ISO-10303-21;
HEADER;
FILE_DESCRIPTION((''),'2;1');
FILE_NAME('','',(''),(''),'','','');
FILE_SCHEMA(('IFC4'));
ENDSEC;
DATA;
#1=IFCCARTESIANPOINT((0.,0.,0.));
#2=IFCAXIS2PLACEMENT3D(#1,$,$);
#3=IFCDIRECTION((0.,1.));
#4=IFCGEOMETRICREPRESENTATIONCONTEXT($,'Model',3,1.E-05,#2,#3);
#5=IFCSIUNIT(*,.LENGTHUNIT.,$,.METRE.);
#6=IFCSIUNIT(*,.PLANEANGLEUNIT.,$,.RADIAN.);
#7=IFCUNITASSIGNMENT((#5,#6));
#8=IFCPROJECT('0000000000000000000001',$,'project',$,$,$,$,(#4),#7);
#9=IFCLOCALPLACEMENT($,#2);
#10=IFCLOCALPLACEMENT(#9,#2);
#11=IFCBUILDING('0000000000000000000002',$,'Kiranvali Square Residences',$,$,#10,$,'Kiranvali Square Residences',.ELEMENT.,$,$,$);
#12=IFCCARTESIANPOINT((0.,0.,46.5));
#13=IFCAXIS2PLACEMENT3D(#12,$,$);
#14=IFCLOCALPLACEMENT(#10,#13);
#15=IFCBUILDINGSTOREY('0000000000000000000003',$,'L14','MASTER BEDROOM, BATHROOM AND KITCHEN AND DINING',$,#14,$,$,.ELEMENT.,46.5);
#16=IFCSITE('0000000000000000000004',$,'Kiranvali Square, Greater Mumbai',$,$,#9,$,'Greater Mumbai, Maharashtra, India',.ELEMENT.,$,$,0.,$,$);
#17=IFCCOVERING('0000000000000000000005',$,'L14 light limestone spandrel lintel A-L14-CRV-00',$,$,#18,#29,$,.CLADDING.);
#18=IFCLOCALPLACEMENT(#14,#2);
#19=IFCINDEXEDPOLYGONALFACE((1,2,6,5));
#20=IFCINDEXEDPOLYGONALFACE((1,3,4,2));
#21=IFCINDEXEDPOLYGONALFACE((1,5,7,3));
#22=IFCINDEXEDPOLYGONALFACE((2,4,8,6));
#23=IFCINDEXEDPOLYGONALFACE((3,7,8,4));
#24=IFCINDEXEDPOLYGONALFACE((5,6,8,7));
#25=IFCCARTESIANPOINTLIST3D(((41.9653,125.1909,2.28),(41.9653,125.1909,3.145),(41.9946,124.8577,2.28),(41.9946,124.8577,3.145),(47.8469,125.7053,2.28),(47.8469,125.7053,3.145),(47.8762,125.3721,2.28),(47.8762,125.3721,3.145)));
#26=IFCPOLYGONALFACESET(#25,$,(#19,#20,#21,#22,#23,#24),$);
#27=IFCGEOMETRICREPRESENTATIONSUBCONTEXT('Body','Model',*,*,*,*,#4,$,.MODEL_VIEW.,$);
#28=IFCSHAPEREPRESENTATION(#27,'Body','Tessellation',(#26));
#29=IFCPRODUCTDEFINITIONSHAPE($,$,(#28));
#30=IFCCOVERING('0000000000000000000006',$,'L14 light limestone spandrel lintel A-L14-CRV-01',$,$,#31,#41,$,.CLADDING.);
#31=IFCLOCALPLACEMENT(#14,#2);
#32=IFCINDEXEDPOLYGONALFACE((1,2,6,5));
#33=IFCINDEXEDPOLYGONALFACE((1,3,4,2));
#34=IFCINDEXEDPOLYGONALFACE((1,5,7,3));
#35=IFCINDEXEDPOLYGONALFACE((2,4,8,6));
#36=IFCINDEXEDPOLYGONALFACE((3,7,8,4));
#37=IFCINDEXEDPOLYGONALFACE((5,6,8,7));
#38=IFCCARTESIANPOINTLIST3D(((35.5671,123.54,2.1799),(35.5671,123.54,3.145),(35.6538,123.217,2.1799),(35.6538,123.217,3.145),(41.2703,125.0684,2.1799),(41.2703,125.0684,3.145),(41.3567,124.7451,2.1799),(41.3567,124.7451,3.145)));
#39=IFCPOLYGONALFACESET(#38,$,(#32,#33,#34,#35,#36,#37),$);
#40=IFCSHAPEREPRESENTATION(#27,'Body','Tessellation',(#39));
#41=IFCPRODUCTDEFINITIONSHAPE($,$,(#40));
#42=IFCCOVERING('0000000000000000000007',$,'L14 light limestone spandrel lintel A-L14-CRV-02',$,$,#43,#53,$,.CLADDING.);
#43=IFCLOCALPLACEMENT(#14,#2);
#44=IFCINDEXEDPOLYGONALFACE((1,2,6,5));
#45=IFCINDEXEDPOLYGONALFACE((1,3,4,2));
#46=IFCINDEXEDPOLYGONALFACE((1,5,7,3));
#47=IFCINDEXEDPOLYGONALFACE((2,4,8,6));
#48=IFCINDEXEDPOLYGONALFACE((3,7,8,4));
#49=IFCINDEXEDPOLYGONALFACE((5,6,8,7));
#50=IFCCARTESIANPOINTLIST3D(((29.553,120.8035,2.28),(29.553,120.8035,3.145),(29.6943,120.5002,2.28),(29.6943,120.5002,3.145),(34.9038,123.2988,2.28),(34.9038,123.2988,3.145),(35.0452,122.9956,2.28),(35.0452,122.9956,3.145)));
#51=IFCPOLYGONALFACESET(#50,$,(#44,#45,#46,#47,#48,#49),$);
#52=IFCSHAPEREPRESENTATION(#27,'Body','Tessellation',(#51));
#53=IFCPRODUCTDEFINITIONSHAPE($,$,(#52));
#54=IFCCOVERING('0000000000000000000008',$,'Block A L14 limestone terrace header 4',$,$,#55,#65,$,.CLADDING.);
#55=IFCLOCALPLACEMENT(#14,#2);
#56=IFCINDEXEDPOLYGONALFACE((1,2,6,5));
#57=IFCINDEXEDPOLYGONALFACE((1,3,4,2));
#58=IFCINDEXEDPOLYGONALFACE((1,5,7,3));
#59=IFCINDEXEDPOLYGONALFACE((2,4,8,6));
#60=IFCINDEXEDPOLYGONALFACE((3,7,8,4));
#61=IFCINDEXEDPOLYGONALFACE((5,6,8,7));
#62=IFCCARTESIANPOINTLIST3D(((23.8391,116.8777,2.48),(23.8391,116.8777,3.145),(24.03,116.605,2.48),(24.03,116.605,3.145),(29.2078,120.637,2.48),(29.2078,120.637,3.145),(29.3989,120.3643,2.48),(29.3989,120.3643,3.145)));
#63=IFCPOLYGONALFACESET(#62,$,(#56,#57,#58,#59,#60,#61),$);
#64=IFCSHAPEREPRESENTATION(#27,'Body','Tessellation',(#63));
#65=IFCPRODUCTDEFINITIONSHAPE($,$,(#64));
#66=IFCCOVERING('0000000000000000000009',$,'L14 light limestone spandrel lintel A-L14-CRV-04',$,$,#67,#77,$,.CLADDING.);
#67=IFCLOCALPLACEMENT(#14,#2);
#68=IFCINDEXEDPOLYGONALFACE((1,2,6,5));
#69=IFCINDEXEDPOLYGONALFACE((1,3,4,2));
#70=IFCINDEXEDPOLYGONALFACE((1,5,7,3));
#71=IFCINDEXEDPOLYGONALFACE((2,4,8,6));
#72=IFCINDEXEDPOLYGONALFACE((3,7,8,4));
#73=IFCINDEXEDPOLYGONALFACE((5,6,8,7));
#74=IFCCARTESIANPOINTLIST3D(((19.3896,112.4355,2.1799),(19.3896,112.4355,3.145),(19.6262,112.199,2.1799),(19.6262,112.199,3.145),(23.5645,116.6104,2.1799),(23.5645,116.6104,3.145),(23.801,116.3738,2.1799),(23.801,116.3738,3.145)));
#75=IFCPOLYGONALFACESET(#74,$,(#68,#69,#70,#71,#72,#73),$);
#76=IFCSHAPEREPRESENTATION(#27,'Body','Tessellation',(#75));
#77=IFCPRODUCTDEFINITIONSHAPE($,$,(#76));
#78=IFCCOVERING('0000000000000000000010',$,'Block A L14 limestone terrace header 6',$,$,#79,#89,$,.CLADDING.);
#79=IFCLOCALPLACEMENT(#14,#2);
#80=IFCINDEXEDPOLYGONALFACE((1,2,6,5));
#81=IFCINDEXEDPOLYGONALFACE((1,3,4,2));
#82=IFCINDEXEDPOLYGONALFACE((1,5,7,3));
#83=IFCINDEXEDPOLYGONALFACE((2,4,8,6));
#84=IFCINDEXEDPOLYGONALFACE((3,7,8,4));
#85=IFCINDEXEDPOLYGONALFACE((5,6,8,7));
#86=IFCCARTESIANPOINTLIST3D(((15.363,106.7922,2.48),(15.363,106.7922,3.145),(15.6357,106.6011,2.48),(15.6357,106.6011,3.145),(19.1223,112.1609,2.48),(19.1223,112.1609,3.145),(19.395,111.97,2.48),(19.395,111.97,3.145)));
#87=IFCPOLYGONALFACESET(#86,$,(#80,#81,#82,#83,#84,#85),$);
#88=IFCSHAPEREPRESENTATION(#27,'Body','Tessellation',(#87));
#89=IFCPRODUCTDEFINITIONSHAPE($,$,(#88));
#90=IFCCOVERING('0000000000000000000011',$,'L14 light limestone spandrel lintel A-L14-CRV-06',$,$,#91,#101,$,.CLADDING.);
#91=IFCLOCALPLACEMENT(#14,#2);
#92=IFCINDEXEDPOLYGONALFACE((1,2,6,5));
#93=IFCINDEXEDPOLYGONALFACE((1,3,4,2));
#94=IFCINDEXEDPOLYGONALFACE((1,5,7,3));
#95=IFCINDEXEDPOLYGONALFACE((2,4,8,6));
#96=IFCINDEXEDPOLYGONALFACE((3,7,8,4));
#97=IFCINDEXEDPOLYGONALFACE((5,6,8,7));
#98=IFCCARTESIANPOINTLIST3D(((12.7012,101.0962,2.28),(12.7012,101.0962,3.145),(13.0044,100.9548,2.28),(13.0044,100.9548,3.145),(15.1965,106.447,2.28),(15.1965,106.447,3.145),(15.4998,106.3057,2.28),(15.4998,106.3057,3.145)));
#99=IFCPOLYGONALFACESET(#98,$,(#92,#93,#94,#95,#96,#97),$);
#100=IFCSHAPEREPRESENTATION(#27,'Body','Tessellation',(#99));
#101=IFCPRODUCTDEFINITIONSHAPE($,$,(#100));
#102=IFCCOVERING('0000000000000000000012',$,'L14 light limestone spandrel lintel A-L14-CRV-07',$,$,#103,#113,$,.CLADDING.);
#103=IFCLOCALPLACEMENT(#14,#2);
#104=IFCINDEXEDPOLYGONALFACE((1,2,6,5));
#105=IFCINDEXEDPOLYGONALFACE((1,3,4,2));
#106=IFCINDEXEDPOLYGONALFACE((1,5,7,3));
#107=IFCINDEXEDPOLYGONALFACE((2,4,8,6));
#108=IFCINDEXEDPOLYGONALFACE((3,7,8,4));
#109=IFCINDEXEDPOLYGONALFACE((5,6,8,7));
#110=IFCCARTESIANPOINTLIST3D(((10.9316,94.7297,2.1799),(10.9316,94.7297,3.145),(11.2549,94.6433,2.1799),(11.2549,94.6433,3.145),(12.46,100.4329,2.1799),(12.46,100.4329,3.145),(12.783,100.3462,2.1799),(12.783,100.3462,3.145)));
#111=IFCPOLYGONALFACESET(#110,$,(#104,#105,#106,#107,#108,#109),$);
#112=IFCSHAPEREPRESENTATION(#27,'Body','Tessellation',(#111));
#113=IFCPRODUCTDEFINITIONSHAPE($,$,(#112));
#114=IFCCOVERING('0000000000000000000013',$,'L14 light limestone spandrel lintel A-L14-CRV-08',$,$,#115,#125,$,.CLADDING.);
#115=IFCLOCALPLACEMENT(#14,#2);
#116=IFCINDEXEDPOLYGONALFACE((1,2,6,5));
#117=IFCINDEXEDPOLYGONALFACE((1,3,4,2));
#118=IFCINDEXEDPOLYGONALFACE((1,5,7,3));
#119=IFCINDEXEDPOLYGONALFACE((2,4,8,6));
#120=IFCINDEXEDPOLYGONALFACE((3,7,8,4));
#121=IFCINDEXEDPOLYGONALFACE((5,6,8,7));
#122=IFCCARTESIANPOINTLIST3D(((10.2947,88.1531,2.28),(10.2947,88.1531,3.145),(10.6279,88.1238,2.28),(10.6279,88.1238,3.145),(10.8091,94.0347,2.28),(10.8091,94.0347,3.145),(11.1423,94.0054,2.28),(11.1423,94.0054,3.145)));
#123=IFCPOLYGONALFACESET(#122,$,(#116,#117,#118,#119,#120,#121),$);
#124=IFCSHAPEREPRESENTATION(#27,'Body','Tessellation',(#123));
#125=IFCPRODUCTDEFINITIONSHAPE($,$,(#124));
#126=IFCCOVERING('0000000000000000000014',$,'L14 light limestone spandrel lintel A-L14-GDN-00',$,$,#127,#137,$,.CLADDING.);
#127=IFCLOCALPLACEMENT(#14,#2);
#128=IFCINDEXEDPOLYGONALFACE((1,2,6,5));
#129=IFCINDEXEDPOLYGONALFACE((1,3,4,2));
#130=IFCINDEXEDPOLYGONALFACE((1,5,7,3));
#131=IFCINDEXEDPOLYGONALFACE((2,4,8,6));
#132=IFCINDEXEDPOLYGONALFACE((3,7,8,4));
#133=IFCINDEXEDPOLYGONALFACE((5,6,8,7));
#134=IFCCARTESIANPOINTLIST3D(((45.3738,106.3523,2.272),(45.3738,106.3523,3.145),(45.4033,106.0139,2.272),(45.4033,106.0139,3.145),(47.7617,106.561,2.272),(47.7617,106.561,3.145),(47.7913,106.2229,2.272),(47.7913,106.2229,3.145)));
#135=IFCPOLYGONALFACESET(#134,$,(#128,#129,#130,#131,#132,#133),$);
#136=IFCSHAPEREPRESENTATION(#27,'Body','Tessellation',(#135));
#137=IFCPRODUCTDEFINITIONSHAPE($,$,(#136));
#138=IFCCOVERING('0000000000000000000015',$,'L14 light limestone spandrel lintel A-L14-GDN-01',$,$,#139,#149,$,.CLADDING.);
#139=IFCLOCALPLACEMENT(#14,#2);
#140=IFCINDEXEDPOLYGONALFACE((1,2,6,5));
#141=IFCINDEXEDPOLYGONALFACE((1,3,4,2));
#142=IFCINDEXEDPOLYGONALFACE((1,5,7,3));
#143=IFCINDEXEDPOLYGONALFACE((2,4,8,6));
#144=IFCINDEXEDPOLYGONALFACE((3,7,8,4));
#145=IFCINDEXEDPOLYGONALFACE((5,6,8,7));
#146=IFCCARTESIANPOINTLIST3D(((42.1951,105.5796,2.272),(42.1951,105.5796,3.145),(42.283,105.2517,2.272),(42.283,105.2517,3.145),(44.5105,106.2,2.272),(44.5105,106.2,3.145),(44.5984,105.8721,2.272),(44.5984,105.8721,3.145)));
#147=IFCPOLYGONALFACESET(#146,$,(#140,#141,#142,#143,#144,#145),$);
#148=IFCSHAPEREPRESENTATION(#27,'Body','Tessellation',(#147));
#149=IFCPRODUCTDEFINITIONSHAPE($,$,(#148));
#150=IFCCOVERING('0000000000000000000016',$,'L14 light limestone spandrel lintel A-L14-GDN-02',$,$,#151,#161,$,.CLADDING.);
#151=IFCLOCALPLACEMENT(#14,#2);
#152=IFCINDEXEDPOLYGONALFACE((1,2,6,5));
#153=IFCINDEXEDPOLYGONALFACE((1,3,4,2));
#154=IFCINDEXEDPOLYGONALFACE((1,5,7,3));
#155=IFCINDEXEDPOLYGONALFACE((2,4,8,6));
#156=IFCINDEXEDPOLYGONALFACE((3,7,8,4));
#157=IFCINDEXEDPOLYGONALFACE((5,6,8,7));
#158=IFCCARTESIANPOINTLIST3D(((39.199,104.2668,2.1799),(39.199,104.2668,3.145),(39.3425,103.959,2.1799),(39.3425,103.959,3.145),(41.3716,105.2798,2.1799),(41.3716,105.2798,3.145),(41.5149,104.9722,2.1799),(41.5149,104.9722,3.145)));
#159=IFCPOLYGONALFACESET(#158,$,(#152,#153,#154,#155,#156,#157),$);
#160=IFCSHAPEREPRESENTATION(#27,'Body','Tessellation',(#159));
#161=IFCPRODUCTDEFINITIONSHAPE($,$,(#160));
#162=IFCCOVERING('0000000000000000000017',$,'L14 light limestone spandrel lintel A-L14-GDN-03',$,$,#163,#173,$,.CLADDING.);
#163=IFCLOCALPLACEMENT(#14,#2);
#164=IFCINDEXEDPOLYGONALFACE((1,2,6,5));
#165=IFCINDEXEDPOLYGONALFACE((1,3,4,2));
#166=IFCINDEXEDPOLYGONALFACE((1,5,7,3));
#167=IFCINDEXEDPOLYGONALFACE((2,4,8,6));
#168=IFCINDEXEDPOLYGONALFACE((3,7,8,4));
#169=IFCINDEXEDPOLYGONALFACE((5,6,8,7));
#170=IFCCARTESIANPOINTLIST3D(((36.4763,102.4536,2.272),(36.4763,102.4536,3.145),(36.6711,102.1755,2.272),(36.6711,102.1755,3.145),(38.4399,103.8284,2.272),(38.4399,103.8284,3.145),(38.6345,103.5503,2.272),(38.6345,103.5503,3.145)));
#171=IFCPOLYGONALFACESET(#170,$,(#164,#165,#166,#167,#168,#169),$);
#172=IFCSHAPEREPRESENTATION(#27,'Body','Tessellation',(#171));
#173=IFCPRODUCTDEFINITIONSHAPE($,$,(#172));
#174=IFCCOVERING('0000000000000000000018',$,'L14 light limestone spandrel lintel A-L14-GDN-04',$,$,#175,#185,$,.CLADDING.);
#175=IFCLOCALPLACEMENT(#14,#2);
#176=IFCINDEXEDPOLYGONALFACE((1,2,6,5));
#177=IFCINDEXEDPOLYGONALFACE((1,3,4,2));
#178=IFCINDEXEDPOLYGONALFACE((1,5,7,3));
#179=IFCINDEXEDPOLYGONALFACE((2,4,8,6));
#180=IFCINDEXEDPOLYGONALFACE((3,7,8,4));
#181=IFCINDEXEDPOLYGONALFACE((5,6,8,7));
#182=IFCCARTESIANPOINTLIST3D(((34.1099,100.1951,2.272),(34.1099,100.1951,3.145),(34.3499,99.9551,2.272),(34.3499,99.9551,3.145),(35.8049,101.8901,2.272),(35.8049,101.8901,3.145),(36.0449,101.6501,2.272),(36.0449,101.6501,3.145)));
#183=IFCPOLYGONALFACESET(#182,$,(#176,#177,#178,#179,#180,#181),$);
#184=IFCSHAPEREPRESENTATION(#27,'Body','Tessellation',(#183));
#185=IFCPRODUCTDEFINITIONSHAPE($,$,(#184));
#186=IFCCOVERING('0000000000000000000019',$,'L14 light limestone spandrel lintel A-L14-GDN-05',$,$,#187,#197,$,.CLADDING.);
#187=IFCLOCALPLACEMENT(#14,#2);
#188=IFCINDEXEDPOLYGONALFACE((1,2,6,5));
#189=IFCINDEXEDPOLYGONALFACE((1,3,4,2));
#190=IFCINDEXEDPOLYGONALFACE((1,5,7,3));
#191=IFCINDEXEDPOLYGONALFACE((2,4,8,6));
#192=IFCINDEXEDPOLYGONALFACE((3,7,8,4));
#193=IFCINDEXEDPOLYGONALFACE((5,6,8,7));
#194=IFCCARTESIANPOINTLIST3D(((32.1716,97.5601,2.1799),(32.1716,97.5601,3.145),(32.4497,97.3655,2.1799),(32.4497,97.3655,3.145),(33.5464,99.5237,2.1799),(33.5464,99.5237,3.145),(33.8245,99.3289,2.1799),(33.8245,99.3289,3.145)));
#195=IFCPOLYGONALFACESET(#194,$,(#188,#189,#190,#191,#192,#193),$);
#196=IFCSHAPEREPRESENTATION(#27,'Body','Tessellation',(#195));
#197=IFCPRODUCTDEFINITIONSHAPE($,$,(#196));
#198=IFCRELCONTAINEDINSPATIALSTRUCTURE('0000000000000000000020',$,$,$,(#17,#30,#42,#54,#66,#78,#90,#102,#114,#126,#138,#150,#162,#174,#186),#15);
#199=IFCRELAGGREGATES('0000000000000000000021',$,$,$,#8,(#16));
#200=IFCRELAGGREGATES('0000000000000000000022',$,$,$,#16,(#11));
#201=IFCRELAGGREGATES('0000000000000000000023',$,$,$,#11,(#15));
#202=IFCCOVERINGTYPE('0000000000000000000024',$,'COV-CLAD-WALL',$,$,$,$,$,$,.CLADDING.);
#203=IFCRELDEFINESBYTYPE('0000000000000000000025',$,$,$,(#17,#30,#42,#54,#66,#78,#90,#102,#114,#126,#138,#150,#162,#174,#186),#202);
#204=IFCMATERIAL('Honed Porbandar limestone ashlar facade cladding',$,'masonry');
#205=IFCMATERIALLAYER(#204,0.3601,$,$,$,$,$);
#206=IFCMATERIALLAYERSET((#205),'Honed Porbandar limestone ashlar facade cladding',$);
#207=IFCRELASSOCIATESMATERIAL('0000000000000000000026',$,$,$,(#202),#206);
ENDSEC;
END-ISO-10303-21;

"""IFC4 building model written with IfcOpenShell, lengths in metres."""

from ifc_helpers import new_model, si_unit, direction, frame, origin, place, context, subcontext, project, spatial, polyline, outline, extrude, material, layer, layer_set, type_object, element, save


model = new_model("IFC4")

# Units and contexts
model_context = context("Model", 3, precision=1e-05, world=origin(), true_north=direction((0.0, 1.0)))
body_context = subcontext(model_context, "Body", "Model", "MODEL_VIEW")
ifc_project = project(units=[si_unit("LENGTHUNIT", "METRE"), si_unit("PLANEANGLEUNIT", "RADIAN")], contexts=[model_context])

# Site, building, storey
site_placement = place(None, origin())
site = spatial("IfcSite", under=ifc_project, at=site_placement, Name="Kiranvali Square, Greater Mumbai", LongName="Greater Mumbai, Maharashtra, India", CompositionType="ELEMENT", RefElevation=0.0)
building_placement = place(site_placement, origin())
building = spatial("IfcBuilding", under=site, at=building_placement, Name="Kiranvali Square Residences", LongName="Kiranvali Square Residences", CompositionType="ELEMENT")
storey_placement = place(building_placement, frame((0.0, 0.0, 46.5)))
storey = spatial("IfcBuildingStorey", under=building, at=storey_placement, Name="L14", Description="MASTER BEDROOM, BATHROOM AND KITCHEN AND DINING", CompositionType="ELEMENT", Elevation=46.5)

# Coverings
ifc_material = material(Name="Honed Porbandar limestone ashlar facade cladding", Category="masonry")
ifc_layer = layer(ifc_material, 0.3601)
ifc_layer_set = layer_set([ifc_layer], Name="Honed Porbandar limestone ashlar facade cladding")
covering_type = type_object("IfcCoveringType", Name="COV-CLAD-WALL", PredefinedType="CLADDING", material=ifc_layer_set)
covering_1_placement = place(storey_placement, frame((0.0, 0.0, 2.28)))
element("IfcCovering", 1, at=covering_1_placement, inside=storey, type_object=covering_type, Name="L14 light limestone spandrel lintel A-L14-CRV-00", PredefinedType="CLADDING", context=body_context, shape_type="SweptSolid", body=[
    extrude(outline(polyline([(47.8469, 125.7053), (41.9653, 125.1909), (41.9946, 124.8577), (47.8762, 125.3721), (47.8469, 125.7053)])), origin(), (0.0, 0.0, 1.0), 0.865),
])
covering_2_placement = place(storey_placement, frame((0.0, 0.0, 2.1799)))
element("IfcCovering", 2, at=covering_2_placement, inside=storey, type_object=covering_type, Name="L14 light limestone spandrel lintel A-L14-CRV-01", PredefinedType="CLADDING", context=body_context, shape_type="SweptSolid", body=[
    extrude(outline(polyline([(41.2703, 125.0684), (35.5671, 123.54), (35.6538, 123.217), (41.3567, 124.7451), (41.2703, 125.0684)])), origin(), (0.0, 0.0, 1.0), 0.9651),
])
covering_3_placement = place(storey_placement, frame((0.0, 0.0, 2.28)))
element("IfcCovering", 3, at=covering_3_placement, inside=storey, type_object=covering_type, Name="L14 light limestone spandrel lintel A-L14-CRV-02", PredefinedType="CLADDING", context=body_context, shape_type="SweptSolid", body=[
    extrude(outline(polyline([(34.9038, 123.2988), (29.553, 120.8035), (29.6943, 120.5002), (35.0452, 122.9956), (34.9038, 123.2988)])), origin(), (0.0, 0.0, 1.0), 0.865),
])
covering_4_placement = place(storey_placement, frame((0.0, 0.0, 2.48)))
element("IfcCovering", 4, at=covering_4_placement, inside=storey, type_object=covering_type, Name="Block A L14 limestone terrace header 4", PredefinedType="CLADDING", context=body_context, shape_type="SweptSolid", body=[
    extrude(outline(polyline([(29.2078, 120.637), (23.8391, 116.8777), (24.03, 116.605), (29.3989, 120.3643), (29.2078, 120.637)])), origin(), (0.0, 0.0, 1.0), 0.665),
])
covering_5_placement = place(storey_placement, frame((0.0, 0.0, 2.1799)))
element("IfcCovering", 5, at=covering_5_placement, inside=storey, type_object=covering_type, Name="L14 light limestone spandrel lintel A-L14-CRV-04", PredefinedType="CLADDING", context=body_context, shape_type="SweptSolid", body=[
    extrude(outline(polyline([(23.5645, 116.6104), (19.3896, 112.4355), (19.6262, 112.199), (23.801, 116.3738), (23.5645, 116.6104)])), origin(), (0.0, 0.0, 1.0), 0.9651),
])
covering_6_placement = place(storey_placement, frame((0.0, 0.0, 2.48)))
element("IfcCovering", 6, at=covering_6_placement, inside=storey, type_object=covering_type, Name="Block A L14 limestone terrace header 6", PredefinedType="CLADDING", context=body_context, shape_type="SweptSolid", body=[
    extrude(outline(polyline([(19.1223, 112.1609), (15.363, 106.7922), (15.6357, 106.6011), (19.395, 111.97), (19.1223, 112.1609)])), origin(), (0.0, 0.0, 1.0), 0.665),
])
covering_7_placement = place(storey_placement, frame((0.0, 0.0, 2.28)))
element("IfcCovering", 7, at=covering_7_placement, inside=storey, type_object=covering_type, Name="L14 light limestone spandrel lintel A-L14-CRV-06", PredefinedType="CLADDING", context=body_context, shape_type="SweptSolid", body=[
    extrude(outline(polyline([(15.1965, 106.447), (12.7012, 101.0962), (13.0044, 100.9548), (15.4998, 106.3057), (15.1965, 106.447)])), origin(), (0.0, 0.0, 1.0), 0.865),
])
covering_8_placement = place(storey_placement, frame((0.0, 0.0, 2.1799)))
element("IfcCovering", 8, at=covering_8_placement, inside=storey, type_object=covering_type, Name="L14 light limestone spandrel lintel A-L14-CRV-07", PredefinedType="CLADDING", context=body_context, shape_type="SweptSolid", body=[
    extrude(outline(polyline([(12.46, 100.4329), (10.9316, 94.7297), (11.2549, 94.6433), (12.783, 100.3462), (12.46, 100.4329)])), origin(), (0.0, 0.0, 1.0), 0.9651),
])
covering_9_placement = place(storey_placement, frame((0.0, 0.0, 2.28)))
element("IfcCovering", 9, at=covering_9_placement, inside=storey, type_object=covering_type, Name="L14 light limestone spandrel lintel A-L14-CRV-08", PredefinedType="CLADDING", context=body_context, shape_type="SweptSolid", body=[
    extrude(outline(polyline([(10.8091, 94.0347), (10.2947, 88.1531), (10.6279, 88.1238), (11.1423, 94.0054), (10.8091, 94.0347)])), origin(), (0.0, 0.0, 1.0), 0.865),
])
covering_10_placement = place(storey_placement, frame((0.0, 0.0, 2.272)))
element("IfcCovering", 10, at=covering_10_placement, inside=storey, type_object=covering_type, Name="L14 light limestone spandrel lintel A-L14-GDN-00", PredefinedType="CLADDING", context=body_context, shape_type="SweptSolid", body=[
    extrude(outline(polyline([(47.7617, 106.561), (45.3738, 106.3523), (45.4033, 106.0139), (47.7913, 106.2229), (47.7617, 106.561)])), origin(), (0.0, 0.0, 1.0), 0.873),
])
covering_11_placement = place(storey_placement, frame((0.0, 0.0, 2.272)))
element("IfcCovering", 11, at=covering_11_placement, inside=storey, type_object=covering_type, Name="L14 light limestone spandrel lintel A-L14-GDN-01", PredefinedType="CLADDING", context=body_context, shape_type="SweptSolid", body=[
    extrude(outline(polyline([(44.5105, 106.2), (42.1951, 105.5796), (42.283, 105.2517), (44.5984, 105.8721), (44.5105, 106.2)])), origin(), (0.0, 0.0, 1.0), 0.873),
])
covering_12_placement = place(storey_placement, frame((0.0, 0.0, 2.1799)))
element("IfcCovering", 12, at=covering_12_placement, inside=storey, type_object=covering_type, Name="L14 light limestone spandrel lintel A-L14-GDN-02", PredefinedType="CLADDING", context=body_context, shape_type="SweptSolid", body=[
    extrude(outline(polyline([(41.3716, 105.2798), (39.199, 104.2668), (39.3425, 103.959), (41.5149, 104.9722), (41.3716, 105.2798)])), origin(), (0.0, 0.0, 1.0), 0.9651),
])
covering_13_placement = place(storey_placement, frame((0.0, 0.0, 2.272)))
element("IfcCovering", 13, at=covering_13_placement, inside=storey, type_object=covering_type, Name="L14 light limestone spandrel lintel A-L14-GDN-03", PredefinedType="CLADDING", context=body_context, shape_type="SweptSolid", body=[
    extrude(outline(polyline([(38.4399, 103.8284), (36.4763, 102.4536), (36.6711, 102.1755), (38.6345, 103.5503), (38.4399, 103.8284)])), origin(), (0.0, 0.0, 1.0), 0.873),
])
covering_14_placement = place(storey_placement, frame((0.0, 0.0, 2.272)))
element("IfcCovering", 14, at=covering_14_placement, inside=storey, type_object=covering_type, Name="L14 light limestone spandrel lintel A-L14-GDN-04", PredefinedType="CLADDING", context=body_context, shape_type="SweptSolid", body=[
    extrude(outline(polyline([(35.8049, 101.8901), (34.1099, 100.1951), (34.3499, 99.9551), (36.0449, 101.6501), (35.8049, 101.8901)])), origin(), (0.0, 0.0, 1.0), 0.873),
])
covering_15_placement = place(storey_placement, frame((0.0, 0.0, 2.1799)))
element("IfcCovering", 15, at=covering_15_placement, inside=storey, type_object=covering_type, Name="L14 light limestone spandrel lintel A-L14-GDN-05", PredefinedType="CLADDING", context=body_context, shape_type="SweptSolid", body=[
    extrude(outline(polyline([(33.5464, 99.5237), (32.1716, 97.5601), (32.4497, 97.3655), (33.8245, 99.3289), (33.5464, 99.5237)])), origin(), (0.0, 0.0, 1.0), 0.9651),
])

save(model, "model.ifc")
